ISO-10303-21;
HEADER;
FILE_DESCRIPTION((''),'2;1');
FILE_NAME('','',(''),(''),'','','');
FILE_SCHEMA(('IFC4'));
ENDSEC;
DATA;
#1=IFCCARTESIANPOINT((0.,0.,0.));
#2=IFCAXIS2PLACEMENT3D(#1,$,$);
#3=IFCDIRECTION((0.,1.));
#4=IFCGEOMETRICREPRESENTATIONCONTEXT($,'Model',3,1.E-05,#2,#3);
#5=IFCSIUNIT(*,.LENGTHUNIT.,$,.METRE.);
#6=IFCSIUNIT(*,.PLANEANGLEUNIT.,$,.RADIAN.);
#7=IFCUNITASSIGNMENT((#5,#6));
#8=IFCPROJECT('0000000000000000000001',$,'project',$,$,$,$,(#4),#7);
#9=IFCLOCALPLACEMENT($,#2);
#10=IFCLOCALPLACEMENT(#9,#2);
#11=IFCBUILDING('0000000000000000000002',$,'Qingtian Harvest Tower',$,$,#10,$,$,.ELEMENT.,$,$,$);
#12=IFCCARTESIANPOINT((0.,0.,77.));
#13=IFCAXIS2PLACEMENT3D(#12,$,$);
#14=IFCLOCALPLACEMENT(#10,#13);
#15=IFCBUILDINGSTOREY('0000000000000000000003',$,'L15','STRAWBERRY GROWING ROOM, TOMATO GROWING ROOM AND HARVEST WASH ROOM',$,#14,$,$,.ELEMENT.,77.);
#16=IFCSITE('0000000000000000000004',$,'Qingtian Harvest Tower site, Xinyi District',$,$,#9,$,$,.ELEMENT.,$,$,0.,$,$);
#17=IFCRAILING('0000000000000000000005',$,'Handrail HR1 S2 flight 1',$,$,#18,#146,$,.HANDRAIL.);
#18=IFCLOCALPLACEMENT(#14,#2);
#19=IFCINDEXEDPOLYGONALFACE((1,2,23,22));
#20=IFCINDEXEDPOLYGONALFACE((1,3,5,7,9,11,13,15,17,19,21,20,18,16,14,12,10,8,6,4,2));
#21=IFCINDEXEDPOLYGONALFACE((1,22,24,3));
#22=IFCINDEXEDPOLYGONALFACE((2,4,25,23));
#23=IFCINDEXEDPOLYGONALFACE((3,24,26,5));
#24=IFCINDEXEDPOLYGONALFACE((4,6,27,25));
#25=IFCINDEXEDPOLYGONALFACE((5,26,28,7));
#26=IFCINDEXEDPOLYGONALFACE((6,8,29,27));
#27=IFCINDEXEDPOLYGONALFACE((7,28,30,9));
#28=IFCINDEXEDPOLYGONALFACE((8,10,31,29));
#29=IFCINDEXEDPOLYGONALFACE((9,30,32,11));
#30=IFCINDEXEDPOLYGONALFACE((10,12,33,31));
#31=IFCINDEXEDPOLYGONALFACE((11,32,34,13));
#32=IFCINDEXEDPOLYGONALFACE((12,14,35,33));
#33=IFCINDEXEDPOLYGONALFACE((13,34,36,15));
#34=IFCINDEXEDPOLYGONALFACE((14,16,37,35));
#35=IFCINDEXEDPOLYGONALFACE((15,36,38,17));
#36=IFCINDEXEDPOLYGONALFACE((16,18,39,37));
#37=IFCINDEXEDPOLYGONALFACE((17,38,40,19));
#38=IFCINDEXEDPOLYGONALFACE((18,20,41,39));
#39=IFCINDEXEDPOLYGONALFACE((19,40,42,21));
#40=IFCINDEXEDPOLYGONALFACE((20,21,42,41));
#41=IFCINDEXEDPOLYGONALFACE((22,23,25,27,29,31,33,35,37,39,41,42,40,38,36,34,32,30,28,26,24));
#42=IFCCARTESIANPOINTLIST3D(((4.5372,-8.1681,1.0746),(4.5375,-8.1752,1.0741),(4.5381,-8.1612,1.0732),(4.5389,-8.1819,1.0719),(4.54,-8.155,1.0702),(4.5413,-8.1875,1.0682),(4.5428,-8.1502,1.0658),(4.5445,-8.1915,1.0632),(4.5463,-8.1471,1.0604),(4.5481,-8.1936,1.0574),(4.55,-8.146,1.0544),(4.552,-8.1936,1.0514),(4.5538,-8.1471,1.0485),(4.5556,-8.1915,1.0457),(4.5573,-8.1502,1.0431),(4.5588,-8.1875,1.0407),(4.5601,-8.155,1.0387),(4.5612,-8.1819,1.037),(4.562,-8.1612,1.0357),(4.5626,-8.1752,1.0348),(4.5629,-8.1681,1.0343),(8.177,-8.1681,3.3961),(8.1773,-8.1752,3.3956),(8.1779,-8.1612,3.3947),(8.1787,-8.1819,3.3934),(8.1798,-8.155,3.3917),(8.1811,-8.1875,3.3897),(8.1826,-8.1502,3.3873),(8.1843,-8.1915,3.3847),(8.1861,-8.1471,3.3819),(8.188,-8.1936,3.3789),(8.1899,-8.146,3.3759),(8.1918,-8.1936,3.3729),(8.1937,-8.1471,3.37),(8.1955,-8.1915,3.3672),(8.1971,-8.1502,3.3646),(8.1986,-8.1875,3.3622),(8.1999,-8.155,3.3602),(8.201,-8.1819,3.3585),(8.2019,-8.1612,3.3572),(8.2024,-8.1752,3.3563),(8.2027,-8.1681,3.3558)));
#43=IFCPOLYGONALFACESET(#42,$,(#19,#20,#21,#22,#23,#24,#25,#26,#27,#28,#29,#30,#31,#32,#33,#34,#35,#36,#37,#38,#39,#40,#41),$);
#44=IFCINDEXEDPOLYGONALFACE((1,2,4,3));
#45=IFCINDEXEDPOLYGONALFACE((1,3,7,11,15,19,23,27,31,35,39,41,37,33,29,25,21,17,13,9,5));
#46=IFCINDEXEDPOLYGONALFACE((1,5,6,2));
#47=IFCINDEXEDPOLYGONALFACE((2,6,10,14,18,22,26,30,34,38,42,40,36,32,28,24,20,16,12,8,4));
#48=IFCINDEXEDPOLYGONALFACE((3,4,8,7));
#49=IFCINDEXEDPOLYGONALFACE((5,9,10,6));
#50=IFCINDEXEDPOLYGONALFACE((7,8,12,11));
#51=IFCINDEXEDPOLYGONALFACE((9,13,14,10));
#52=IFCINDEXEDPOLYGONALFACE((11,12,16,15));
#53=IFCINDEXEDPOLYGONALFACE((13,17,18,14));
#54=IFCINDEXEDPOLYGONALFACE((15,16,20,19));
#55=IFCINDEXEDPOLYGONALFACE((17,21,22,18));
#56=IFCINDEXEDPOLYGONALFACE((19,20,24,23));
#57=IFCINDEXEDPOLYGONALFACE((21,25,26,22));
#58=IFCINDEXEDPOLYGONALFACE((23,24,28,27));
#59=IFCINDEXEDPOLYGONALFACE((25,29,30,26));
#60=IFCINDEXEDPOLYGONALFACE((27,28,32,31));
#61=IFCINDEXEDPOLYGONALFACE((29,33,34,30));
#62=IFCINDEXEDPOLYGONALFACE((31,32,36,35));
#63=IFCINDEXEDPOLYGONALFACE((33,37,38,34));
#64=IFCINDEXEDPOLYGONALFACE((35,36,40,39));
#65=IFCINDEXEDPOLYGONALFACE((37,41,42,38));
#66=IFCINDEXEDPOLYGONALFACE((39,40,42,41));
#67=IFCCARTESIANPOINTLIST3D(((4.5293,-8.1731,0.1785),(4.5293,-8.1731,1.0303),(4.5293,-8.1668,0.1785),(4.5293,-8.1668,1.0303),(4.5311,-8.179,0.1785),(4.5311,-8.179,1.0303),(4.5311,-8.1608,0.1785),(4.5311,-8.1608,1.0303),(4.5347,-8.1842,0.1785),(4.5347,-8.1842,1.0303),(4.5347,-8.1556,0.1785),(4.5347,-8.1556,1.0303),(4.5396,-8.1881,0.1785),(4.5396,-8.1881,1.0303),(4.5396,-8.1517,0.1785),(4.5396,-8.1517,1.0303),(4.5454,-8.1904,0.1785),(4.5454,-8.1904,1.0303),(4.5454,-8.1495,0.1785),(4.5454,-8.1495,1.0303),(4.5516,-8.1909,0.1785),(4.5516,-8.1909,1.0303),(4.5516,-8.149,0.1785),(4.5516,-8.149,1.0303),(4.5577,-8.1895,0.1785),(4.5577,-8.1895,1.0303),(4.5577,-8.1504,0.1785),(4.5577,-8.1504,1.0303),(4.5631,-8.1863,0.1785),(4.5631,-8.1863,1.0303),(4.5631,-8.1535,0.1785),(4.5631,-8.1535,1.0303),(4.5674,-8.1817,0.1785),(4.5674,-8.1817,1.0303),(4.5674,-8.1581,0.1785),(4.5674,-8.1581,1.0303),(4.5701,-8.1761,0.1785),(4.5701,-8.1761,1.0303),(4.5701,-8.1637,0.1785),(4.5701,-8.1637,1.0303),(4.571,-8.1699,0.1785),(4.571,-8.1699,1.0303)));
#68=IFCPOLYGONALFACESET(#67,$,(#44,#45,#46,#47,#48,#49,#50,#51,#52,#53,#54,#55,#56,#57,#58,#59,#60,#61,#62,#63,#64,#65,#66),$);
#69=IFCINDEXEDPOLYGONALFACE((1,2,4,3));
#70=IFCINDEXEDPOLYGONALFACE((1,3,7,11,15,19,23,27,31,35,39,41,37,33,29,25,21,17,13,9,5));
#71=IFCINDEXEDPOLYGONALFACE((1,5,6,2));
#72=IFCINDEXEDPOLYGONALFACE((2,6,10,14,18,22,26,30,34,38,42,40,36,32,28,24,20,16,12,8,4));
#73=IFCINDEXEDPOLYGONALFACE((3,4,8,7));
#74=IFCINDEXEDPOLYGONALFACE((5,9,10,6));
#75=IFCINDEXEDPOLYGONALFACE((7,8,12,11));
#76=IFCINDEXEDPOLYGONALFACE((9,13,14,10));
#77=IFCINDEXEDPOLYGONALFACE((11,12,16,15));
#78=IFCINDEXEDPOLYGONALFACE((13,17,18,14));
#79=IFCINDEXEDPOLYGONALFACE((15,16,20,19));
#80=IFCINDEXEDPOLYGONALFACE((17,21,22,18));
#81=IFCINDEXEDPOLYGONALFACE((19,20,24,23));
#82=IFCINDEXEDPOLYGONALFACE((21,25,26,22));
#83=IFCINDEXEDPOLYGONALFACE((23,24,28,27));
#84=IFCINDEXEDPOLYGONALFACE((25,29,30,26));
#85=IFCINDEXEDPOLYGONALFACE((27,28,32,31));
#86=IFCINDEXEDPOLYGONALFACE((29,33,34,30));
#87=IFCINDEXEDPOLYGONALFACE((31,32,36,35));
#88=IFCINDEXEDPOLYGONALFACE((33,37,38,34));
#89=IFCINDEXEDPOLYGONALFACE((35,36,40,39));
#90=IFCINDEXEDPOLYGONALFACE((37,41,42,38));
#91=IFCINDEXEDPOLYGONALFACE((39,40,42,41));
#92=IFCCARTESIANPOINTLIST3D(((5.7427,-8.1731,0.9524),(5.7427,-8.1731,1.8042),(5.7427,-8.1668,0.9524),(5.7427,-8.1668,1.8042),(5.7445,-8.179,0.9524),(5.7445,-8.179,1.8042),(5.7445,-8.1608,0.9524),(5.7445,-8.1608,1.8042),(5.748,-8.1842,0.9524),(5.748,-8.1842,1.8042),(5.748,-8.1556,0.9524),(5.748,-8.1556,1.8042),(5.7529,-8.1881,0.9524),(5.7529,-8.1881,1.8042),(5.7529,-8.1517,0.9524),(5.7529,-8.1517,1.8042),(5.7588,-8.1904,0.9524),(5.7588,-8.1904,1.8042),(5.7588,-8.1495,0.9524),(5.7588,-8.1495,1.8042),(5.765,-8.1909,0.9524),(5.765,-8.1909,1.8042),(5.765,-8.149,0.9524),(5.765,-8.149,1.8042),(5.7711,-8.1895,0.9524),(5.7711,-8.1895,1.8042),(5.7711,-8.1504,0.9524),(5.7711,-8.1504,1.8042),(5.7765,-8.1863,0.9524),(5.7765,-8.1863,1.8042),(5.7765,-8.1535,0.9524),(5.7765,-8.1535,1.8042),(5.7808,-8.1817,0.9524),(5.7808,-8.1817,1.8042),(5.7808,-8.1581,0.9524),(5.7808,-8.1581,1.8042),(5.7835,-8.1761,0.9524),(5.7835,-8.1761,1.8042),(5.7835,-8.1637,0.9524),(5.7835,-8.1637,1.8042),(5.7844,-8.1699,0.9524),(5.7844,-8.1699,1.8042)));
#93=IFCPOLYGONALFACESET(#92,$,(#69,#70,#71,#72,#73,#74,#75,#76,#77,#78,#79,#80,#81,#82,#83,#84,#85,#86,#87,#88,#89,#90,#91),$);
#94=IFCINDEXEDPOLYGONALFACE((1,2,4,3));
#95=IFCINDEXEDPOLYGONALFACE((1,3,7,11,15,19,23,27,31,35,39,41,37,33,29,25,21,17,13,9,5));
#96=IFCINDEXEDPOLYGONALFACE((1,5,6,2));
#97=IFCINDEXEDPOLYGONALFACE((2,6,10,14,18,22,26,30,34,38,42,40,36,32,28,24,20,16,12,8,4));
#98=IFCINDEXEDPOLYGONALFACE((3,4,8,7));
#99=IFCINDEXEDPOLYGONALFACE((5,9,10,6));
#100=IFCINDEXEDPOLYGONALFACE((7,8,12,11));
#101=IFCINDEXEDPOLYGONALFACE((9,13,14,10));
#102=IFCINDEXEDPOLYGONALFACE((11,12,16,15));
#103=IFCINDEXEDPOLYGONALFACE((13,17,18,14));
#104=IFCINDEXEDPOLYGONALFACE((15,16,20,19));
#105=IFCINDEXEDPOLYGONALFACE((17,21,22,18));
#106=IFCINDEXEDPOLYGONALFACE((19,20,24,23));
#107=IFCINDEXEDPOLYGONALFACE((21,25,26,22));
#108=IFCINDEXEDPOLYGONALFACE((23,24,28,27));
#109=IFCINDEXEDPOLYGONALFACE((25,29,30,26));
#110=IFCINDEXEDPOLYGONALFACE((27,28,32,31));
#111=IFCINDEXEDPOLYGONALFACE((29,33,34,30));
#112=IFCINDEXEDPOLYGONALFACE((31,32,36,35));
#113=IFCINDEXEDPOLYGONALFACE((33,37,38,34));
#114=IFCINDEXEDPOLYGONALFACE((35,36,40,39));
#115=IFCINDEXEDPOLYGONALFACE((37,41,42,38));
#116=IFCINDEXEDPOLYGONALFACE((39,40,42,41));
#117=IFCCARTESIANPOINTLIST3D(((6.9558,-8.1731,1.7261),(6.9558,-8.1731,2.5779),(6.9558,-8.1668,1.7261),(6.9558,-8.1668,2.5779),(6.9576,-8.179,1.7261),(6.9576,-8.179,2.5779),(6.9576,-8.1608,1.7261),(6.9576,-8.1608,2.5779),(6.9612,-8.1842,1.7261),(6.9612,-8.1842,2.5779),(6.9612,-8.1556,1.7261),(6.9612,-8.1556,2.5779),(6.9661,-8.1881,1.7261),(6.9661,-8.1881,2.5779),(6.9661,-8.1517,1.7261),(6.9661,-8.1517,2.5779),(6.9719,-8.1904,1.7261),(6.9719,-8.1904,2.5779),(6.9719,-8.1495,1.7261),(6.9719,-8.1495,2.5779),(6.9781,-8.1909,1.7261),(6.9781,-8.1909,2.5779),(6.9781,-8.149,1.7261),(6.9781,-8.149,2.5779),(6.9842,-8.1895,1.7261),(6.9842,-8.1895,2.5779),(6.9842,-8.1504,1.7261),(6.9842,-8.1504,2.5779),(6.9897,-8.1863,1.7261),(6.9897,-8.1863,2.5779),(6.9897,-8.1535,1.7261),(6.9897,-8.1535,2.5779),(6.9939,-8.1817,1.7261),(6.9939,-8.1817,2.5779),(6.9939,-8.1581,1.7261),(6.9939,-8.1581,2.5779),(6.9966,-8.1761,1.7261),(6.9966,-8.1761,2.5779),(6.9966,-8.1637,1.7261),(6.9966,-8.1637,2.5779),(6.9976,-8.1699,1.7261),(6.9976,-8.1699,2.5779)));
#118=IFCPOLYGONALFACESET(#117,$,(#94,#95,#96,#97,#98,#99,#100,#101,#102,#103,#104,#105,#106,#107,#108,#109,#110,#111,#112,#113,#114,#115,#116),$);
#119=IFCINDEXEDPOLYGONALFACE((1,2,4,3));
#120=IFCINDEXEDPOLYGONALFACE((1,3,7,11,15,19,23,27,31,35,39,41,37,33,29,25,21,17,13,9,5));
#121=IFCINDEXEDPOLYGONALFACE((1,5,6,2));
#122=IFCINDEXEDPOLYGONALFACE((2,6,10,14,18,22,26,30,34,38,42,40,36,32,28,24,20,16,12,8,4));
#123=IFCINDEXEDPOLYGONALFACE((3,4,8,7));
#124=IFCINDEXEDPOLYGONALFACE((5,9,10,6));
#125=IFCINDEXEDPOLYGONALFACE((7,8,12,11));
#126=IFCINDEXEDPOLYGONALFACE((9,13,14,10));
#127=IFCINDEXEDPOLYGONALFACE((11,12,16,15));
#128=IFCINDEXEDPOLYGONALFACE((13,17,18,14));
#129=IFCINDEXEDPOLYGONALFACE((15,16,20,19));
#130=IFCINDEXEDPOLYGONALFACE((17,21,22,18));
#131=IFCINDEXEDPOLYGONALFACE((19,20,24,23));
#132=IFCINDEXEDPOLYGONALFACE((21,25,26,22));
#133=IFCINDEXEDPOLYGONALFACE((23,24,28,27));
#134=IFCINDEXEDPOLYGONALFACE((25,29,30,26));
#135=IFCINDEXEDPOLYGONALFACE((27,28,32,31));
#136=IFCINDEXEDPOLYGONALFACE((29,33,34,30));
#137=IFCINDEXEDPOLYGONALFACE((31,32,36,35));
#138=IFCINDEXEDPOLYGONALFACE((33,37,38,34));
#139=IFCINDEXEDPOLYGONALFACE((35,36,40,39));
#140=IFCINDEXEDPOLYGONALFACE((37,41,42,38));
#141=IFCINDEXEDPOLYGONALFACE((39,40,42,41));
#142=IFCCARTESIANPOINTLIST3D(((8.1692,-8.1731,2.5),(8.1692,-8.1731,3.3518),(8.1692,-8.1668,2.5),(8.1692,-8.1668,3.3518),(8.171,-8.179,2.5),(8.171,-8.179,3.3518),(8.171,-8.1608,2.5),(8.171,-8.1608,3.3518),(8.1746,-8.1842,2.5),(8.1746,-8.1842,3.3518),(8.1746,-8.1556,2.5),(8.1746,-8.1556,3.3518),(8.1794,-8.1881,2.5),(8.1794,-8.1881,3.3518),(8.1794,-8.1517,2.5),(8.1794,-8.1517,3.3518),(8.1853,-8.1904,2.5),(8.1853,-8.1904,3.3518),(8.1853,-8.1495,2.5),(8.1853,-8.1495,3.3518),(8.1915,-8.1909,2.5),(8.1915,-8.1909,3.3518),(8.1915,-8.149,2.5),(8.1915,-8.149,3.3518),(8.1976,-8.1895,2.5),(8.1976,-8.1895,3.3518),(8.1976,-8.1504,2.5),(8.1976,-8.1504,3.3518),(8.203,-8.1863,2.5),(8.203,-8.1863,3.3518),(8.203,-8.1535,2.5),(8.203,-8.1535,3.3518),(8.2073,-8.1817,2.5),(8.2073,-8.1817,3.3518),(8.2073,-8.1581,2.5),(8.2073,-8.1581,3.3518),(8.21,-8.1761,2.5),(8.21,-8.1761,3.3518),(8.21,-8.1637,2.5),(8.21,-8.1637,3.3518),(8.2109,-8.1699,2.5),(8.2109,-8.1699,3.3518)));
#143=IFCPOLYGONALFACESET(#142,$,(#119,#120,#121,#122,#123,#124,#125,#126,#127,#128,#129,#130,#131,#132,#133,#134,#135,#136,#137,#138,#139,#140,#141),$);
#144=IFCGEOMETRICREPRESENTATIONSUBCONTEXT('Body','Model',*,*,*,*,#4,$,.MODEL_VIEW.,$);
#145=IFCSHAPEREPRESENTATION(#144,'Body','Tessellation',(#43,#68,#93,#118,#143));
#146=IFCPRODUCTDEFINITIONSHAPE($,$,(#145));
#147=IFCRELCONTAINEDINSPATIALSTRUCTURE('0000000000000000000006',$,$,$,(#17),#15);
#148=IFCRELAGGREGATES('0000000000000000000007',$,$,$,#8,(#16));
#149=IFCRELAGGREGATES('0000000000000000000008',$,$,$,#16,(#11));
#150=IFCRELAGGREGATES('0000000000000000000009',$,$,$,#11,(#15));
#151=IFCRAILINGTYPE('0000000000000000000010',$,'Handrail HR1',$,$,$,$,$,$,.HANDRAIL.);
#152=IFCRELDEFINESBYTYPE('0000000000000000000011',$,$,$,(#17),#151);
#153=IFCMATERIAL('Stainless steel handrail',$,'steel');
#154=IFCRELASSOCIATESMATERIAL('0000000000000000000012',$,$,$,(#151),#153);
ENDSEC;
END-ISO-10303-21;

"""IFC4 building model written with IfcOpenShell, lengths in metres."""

from ifc_helpers import new_model, si_unit, direction, frame, origin, origin_2d, place, context, subcontext, project, spatial, circle, extrude, material, type_object, element, save


model = new_model("IFC4")

# Units and contexts
model_context = context("Model", 3, precision=1e-05, world=origin(), true_north=direction((0.0, 1.0)))
body_context = subcontext(model_context, "Body", "Model", "MODEL_VIEW")
ifc_project = project(units=[si_unit("LENGTHUNIT", "METRE"), si_unit("PLANEANGLEUNIT", "RADIAN")], contexts=[model_context])

# Site, building, storey
site_placement = place(None, origin())
site = spatial("IfcSite", under=ifc_project, at=site_placement, Name="Qingtian Harvest Tower site, Xinyi District", CompositionType="ELEMENT", RefElevation=0.0)
building_placement = place(site_placement, origin())
building = spatial("IfcBuilding", under=site, at=building_placement, Name="Qingtian Harvest Tower", CompositionType="ELEMENT")
storey_placement = place(building_placement, frame((0.0, 0.0, 77.0)))
storey = spatial("IfcBuildingStorey", under=building, at=storey_placement, Name="L15", Description="STRAWBERRY GROWING ROOM, TOMATO GROWING ROOM AND HARVEST WASH ROOM", CompositionType="ELEMENT", Elevation=77.0)

# Railing
ifc_material_1 = material(Name="Stainless steel handrail", Category="steel")
railing_type = type_object("IfcRailingType", Name="Handrail HR1", PredefinedType="HANDRAIL", material=ifc_material_1)
railing_1_placement = place(storey_placement, frame((4.55, -8.1699, 0.1785)))
element("IfcRailing", 1, at=railing_1_placement, inside=storey, type_object=railing_type, Name="Handrail HR1 S2 flight 1", PredefinedType="HANDRAIL", context=body_context, shape_type="SweptSolid", body=[
    extrude(circle(Radius=0.0239, at=origin_2d()), frame((0.0, 0.0, 0.876), z_axis=(0.843112, 0.0, 0.537739), x_axis=(0.0, 1.0, 0.0)), (0.0, 0.0, 1.0), 4.3171),
    extrude(circle(Radius=0.021, at=origin_2d()), origin(), (0.0, 0.0, 1.0), 0.8518),
    extrude(circle(Radius=0.021, at=origin_2d()), frame((1.2134, 0.0, 0.7739)), (0.0, 0.0, 1.0), 0.8518),
    extrude(circle(Radius=0.021, at=origin_2d()), frame((2.4265, 0.0, 1.5476)), (0.0, 0.0, 1.0), 0.8518),
    extrude(circle(Radius=0.021, at=origin_2d()), frame((3.6399, 0.0, 2.3215)), (0.0, 0.0, 1.0), 0.8518),
])

save(model, "model.ifc")
